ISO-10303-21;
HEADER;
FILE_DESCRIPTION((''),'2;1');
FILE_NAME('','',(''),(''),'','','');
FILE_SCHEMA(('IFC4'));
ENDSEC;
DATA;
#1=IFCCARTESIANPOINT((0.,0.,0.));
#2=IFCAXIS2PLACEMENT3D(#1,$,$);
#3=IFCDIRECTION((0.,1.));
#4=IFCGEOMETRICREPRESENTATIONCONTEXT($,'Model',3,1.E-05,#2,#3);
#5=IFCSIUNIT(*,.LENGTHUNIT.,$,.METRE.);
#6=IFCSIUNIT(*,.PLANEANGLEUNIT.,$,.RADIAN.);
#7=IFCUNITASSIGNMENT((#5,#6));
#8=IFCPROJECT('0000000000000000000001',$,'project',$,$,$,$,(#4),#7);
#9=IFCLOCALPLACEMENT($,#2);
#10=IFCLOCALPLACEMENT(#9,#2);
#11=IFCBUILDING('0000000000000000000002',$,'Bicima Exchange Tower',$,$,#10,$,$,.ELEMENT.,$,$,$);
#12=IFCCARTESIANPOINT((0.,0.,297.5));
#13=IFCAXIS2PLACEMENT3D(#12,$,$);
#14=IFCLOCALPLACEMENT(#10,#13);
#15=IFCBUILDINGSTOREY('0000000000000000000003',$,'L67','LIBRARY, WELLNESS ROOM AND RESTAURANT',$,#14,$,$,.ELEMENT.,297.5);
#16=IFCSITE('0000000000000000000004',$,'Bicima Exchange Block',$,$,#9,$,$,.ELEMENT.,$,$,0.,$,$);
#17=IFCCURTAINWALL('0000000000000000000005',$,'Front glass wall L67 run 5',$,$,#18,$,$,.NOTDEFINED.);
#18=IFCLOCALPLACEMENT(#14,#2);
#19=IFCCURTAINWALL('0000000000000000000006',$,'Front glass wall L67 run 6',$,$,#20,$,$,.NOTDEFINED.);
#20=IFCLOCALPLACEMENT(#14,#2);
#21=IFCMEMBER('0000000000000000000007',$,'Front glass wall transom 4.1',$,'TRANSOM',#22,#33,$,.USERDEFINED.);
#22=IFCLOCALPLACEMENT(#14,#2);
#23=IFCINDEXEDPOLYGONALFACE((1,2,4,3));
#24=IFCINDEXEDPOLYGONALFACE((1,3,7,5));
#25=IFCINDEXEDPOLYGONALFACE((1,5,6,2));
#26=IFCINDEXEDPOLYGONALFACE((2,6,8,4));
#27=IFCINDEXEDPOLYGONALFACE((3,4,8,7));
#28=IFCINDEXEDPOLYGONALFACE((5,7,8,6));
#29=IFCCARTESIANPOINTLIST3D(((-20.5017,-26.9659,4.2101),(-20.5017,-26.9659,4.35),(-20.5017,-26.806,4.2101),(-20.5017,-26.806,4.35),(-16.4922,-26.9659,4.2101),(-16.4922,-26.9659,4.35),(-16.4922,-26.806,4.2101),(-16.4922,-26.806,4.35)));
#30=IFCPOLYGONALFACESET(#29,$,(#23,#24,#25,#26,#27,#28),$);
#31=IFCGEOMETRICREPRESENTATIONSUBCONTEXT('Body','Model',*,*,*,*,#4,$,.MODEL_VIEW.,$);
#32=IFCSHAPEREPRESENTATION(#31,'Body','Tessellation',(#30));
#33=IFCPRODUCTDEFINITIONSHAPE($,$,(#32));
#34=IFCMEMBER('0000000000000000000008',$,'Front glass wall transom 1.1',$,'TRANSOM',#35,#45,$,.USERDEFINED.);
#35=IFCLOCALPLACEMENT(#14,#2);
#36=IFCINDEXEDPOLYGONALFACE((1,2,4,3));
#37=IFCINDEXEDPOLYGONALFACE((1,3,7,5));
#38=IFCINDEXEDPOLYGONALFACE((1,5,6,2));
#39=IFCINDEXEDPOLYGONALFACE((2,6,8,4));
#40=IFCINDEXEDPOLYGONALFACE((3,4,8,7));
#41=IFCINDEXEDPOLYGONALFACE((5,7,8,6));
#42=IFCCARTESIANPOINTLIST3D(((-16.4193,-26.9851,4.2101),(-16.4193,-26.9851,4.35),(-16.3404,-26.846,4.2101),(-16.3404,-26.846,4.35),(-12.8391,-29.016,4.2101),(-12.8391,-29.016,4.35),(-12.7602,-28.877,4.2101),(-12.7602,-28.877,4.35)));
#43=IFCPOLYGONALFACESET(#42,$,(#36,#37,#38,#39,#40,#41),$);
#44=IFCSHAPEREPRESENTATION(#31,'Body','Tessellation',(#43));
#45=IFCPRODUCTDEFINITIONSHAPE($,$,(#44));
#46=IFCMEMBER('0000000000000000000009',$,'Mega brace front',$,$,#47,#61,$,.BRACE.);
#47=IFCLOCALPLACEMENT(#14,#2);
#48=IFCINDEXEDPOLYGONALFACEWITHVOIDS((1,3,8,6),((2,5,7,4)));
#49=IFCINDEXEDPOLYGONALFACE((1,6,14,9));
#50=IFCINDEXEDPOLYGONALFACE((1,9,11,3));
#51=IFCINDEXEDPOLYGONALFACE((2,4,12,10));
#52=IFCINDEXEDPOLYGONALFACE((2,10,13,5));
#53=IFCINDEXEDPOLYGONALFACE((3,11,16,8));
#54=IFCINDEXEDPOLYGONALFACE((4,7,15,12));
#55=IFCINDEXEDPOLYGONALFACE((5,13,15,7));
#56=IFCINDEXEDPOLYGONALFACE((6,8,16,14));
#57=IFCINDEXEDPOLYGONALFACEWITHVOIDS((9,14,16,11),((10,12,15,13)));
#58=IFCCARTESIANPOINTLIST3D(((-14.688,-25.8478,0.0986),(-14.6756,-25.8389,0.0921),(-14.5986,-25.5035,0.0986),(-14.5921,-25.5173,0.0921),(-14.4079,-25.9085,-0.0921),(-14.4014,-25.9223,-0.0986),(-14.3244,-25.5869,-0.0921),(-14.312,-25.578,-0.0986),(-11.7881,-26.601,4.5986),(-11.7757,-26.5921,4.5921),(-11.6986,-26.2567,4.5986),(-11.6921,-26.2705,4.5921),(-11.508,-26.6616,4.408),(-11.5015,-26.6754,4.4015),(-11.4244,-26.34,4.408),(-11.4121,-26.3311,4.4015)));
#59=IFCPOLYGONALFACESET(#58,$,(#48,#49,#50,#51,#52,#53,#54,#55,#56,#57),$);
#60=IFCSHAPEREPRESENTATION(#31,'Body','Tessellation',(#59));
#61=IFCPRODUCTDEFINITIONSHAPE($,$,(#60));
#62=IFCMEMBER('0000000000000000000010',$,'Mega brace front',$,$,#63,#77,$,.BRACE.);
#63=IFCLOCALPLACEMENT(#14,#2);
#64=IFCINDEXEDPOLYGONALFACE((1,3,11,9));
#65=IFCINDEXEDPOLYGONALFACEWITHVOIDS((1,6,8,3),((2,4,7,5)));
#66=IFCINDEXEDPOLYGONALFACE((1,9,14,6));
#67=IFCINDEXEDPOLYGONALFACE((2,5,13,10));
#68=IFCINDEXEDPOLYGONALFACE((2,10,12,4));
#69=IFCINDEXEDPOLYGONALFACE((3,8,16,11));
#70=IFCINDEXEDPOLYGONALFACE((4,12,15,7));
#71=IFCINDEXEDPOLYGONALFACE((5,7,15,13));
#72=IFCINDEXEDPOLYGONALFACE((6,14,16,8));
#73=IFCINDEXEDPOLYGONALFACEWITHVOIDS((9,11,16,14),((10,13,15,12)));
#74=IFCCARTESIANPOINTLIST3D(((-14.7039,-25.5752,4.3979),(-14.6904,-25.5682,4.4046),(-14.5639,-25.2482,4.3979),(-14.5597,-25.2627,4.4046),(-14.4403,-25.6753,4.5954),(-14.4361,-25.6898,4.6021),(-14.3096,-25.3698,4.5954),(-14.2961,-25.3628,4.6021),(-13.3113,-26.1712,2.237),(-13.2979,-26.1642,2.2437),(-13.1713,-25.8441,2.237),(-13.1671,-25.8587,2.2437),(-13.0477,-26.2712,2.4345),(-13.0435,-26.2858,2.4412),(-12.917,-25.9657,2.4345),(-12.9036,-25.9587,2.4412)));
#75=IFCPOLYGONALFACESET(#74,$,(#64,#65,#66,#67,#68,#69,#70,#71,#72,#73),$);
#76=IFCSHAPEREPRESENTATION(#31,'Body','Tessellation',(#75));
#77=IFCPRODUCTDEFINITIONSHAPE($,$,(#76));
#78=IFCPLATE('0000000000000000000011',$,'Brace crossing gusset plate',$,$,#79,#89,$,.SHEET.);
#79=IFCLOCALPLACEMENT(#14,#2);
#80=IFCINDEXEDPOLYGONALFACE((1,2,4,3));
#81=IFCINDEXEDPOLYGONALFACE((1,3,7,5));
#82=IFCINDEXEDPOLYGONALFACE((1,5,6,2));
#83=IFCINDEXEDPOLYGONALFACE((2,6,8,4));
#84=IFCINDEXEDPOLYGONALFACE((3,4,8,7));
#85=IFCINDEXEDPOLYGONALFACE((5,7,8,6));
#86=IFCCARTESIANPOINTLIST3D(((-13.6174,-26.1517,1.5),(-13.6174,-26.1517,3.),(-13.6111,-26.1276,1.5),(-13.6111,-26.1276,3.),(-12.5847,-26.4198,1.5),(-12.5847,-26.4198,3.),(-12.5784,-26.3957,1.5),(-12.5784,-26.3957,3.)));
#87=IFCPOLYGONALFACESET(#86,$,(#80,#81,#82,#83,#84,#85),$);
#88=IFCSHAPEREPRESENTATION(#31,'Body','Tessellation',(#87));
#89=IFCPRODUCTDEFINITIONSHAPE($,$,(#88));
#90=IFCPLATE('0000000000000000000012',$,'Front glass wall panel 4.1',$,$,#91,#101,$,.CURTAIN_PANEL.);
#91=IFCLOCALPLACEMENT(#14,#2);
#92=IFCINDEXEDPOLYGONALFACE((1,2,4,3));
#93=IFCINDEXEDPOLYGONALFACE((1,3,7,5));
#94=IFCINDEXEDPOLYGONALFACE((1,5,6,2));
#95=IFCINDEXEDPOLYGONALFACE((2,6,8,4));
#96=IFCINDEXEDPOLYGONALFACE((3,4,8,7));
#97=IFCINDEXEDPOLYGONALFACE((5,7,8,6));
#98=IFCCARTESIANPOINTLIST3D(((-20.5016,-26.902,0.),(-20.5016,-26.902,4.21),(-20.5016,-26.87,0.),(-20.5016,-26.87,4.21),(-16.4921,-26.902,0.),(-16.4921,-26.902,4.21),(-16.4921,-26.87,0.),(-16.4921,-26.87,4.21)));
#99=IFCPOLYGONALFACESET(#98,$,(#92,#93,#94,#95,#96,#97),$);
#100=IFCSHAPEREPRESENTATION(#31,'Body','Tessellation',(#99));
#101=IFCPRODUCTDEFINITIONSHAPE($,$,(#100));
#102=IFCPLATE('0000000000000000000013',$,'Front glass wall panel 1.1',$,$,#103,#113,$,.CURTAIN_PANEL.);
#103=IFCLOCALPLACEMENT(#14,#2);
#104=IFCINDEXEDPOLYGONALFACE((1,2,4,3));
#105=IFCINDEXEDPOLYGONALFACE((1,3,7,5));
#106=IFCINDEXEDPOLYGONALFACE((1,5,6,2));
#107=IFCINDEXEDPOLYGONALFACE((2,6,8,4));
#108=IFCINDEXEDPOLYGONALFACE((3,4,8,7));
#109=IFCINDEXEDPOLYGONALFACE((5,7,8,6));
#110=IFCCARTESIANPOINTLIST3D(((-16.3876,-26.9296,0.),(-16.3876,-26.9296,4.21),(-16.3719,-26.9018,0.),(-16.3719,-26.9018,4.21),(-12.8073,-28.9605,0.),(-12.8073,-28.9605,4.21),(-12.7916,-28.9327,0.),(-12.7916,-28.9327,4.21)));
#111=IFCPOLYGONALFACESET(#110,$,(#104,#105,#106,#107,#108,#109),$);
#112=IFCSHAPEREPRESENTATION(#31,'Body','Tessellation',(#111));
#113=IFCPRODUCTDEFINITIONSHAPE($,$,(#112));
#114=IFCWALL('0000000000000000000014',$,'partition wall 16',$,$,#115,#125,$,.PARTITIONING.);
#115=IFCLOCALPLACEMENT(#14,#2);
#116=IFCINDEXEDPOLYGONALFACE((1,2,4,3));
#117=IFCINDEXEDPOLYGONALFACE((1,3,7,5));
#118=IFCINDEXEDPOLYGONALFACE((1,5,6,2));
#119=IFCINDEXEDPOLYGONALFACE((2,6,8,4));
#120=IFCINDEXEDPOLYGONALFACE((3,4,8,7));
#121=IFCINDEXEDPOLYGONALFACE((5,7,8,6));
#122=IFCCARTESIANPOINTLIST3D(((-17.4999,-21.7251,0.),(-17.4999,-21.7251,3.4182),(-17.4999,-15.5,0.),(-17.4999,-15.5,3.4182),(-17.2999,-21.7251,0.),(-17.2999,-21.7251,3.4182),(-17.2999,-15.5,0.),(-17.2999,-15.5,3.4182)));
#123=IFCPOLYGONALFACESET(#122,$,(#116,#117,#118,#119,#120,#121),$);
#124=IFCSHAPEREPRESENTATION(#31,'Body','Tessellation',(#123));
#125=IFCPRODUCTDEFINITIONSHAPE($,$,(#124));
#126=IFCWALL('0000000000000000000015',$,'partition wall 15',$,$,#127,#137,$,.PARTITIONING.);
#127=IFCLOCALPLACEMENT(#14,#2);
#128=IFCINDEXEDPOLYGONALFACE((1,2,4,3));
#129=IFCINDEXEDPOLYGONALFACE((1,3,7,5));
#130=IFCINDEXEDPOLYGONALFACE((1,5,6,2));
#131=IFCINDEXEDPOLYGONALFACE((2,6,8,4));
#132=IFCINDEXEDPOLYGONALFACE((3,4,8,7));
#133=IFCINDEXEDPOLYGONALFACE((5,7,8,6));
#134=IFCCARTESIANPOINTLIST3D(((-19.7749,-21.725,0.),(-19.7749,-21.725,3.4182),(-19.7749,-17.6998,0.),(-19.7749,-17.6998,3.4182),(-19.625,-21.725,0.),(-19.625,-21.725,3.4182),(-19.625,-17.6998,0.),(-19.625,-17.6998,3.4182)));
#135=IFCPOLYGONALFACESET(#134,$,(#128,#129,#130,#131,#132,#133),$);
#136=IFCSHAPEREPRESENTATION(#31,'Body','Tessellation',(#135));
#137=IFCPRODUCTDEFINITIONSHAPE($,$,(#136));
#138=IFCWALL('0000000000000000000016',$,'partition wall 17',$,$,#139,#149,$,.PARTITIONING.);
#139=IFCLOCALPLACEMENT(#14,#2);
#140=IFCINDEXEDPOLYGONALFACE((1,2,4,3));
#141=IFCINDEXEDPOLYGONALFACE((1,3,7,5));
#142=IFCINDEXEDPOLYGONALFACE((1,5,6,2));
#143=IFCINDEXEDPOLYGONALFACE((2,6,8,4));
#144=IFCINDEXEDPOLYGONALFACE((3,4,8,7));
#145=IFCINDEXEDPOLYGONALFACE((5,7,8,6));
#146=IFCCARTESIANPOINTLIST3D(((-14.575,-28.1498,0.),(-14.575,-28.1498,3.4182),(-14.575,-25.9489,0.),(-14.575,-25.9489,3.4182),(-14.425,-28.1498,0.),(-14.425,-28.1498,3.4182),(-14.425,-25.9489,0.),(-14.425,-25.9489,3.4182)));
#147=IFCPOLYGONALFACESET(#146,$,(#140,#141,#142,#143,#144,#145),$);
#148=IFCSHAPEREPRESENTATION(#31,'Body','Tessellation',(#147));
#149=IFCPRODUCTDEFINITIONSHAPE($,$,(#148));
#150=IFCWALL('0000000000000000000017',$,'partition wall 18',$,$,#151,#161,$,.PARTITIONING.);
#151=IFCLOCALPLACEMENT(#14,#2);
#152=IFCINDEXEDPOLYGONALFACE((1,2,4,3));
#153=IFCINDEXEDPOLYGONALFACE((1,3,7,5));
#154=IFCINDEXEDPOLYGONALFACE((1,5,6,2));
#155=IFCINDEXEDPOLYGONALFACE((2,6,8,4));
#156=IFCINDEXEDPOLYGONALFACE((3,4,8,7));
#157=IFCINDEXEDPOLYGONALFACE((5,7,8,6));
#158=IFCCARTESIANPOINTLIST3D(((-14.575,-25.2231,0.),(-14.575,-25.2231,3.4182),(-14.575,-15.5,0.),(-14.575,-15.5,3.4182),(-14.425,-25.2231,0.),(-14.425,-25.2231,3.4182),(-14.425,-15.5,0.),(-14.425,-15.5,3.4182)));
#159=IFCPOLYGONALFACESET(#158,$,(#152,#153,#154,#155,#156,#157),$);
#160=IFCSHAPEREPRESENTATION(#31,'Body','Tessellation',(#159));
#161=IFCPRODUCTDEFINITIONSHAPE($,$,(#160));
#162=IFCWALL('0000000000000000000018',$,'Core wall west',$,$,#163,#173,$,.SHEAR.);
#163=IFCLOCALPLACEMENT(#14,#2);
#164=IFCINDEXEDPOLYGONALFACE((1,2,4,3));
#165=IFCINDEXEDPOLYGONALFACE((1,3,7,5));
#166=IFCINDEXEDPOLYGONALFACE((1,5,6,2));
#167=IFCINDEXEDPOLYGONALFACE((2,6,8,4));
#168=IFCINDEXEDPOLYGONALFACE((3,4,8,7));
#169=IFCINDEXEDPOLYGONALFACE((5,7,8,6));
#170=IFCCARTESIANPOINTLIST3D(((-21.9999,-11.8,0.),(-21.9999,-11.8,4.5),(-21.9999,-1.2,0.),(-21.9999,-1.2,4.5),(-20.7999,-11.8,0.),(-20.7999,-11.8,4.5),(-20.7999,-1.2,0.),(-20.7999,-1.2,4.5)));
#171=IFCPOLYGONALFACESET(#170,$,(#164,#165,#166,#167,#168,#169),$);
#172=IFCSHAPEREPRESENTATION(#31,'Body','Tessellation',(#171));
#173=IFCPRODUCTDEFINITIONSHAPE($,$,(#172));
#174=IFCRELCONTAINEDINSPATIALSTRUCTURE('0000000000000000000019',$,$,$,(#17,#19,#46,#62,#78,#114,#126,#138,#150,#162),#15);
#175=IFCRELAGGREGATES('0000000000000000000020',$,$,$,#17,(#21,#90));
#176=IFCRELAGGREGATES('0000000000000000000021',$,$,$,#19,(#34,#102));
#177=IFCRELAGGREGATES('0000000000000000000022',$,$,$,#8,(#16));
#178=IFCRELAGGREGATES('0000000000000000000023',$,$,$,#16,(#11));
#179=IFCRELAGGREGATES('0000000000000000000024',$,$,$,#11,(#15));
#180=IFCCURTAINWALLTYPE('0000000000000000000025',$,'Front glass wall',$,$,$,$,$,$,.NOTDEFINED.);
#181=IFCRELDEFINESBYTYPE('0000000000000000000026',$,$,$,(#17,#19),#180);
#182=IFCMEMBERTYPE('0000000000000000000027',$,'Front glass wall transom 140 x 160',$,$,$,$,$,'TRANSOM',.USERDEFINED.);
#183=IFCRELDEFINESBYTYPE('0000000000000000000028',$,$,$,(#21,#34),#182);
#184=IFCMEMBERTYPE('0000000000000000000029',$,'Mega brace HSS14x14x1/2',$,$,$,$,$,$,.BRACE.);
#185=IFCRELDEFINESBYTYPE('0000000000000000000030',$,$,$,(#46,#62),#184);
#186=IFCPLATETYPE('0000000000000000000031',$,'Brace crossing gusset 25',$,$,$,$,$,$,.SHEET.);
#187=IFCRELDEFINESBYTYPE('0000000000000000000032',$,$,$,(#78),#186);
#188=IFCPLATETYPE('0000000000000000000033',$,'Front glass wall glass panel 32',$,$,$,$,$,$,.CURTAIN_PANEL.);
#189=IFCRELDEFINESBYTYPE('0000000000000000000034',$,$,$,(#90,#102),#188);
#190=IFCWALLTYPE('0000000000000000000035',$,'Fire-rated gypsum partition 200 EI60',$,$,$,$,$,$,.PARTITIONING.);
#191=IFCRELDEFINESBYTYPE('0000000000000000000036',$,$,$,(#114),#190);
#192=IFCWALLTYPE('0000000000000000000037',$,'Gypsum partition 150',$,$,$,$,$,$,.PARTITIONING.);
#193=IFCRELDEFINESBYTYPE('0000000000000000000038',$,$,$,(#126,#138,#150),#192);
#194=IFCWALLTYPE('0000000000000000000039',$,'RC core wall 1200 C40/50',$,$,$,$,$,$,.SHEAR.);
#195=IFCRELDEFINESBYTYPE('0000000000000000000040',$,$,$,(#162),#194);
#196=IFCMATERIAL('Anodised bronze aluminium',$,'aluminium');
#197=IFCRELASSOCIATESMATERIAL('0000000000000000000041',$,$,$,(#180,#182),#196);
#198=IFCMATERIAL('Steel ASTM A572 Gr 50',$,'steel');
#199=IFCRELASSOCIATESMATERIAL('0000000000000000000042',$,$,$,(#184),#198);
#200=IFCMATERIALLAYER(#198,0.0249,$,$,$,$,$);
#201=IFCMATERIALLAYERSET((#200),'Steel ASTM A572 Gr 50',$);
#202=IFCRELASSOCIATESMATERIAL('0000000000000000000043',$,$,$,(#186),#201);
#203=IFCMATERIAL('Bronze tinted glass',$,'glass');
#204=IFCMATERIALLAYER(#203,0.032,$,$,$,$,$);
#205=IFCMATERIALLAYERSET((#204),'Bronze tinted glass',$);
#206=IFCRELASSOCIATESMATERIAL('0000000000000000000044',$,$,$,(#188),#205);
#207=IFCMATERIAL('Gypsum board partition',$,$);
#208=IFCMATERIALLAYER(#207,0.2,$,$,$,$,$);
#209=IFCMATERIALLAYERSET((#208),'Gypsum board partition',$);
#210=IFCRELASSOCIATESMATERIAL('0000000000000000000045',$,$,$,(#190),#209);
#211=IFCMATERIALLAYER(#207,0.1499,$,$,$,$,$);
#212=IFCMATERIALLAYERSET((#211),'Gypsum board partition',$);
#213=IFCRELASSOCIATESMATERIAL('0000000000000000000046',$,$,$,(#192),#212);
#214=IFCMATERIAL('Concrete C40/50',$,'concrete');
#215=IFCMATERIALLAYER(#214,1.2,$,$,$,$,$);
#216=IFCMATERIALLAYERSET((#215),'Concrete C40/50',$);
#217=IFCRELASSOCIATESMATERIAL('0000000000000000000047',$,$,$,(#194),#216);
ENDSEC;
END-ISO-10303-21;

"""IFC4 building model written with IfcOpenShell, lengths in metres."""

from ifc_helpers import new_model, si_unit, direction, frame, frame_2d, origin, origin_2d, place, context, subcontext, project, spatial, rectangle, hollow_rectangle, extrude, material, layer, layer_set, material_profile, profile_set, type_object, element, aggregate, save


model = new_model("IFC4")

# Units and contexts
model_context = context("Model", 3, precision=1e-05, world=origin(), true_north=direction((0.0, 1.0)))
body_context = subcontext(model_context, "Body", "Model", "MODEL_VIEW")
ifc_project = project(units=[si_unit("LENGTHUNIT", "METRE"), si_unit("PLANEANGLEUNIT", "RADIAN")], contexts=[model_context])

# Site, building, storey
site_placement = place(None, origin())
site = spatial("IfcSite", under=ifc_project, at=site_placement, Name="Bicima Exchange Block", CompositionType="ELEMENT", RefElevation=0.0)
building_placement = place(site_placement, origin())
building = spatial("IfcBuilding", under=site, at=building_placement, Name="Bicima Exchange Tower", CompositionType="ELEMENT")
storey_placement = place(building_placement, frame((0.0, 0.0, 297.5)))
storey = spatial("IfcBuildingStorey", under=building, at=storey_placement, Name="L67", Description="LIBRARY, WELLNESS ROOM AND RESTAURANT", CompositionType="ELEMENT", Elevation=297.5)

# Curtain walls
ifc_material_1 = material(Name="Anodised bronze aluminium", Category="aluminium")
curtain_wall_type = type_object("IfcCurtainWallType", Name="Front glass wall", PredefinedType="NOTDEFINED", material=ifc_material_1)
curtain_wall_1_placement = place(storey_placement, origin())
curtain_wall_1 = element("IfcCurtainWall", 1, at=curtain_wall_1_placement, inside=storey, type_object=curtain_wall_type, Name="Front glass wall L67 run 5", PredefinedType="NOTDEFINED")
curtain_wall_2_placement = place(storey_placement, origin())
curtain_wall_2 = element("IfcCurtainWall", 2, at=curtain_wall_2_placement, inside=storey, type_object=curtain_wall_type, Name="Front glass wall L67 run 6", PredefinedType="NOTDEFINED")

# Members
ifc_material_profile_1 = material_profile(ifc_material_1, rectangle(XDim=0.1599, YDim=0.1399, at=origin_2d()))
ifc_profile_set_1 = profile_set([ifc_material_profile_1], Name="Anodised bronze aluminium")
member_type_1 = type_object("IfcMemberType", Name="Front glass wall transom 140 x 160", ElementType="TRANSOM", PredefinedType="USERDEFINED", material=ifc_profile_set_1)
member_1_placement = place(storey_placement, frame((-20.5017, -26.886, 4.28), z_axis=(1.0, 0.0, 0.0), x_axis=(0.0, 1.0, 0.0)))
member_1 = element("IfcMember", 3, at=member_1_placement, type_object=member_type_1, Name="Front glass wall transom 4.1", ObjectType="TRANSOM", PredefinedType="USERDEFINED", context=body_context, shape_type="SweptSolid", body=[
    extrude(rectangle(XDim=0.1599, YDim=0.1399, at=origin_2d()), origin(), (0.0, 0.0, 1.0), 4.0095),
])
member_2_placement = place(storey_placement, frame((-16.3799, -26.9155, 4.28), z_axis=(0.869797, -0.493409, 0.0), x_axis=(0.493409, 0.869797, 0.0)))
member_2 = element("IfcMember", 4, at=member_2_placement, type_object=member_type_1, Name="Front glass wall transom 1.1", ObjectType="TRANSOM", PredefinedType="USERDEFINED", context=body_context, shape_type="SweptSolid", body=[
    extrude(rectangle(XDim=0.1599, YDim=0.1399, at=origin_2d()), origin(), (0.0, 0.0, 1.0), 4.1162),
])

# Members
ifc_material_2 = material(Name="Steel ASTM A572 Gr 50", Category="steel")
ifc_material_profile_2 = material_profile(ifc_material_2, hollow_rectangle(XDim=0.3557, YDim=0.3557, WallThickness=0.0117, at=origin_2d()))
ifc_profile_set_2 = profile_set([ifc_material_profile_2], Name="Steel ASTM A572 Gr 50")
member_type_2 = type_object("IfcMemberType", Name="Mega brace HSS14x14x1/2", PredefinedType="BRACE", material=ifc_profile_set_2)
member_3_placement = place(storey_placement, frame((-14.5, -25.7129, 0.0), z_axis=(0.536406, -0.139317, 0.832382), x_axis=(0.251383, 0.967888, 0.0)))
element("IfcMember", 5, at=member_3_placement, inside=storey, type_object=member_type_2, Name="Mega brace front", PredefinedType="BRACE", context=body_context, shape_type="SweptSolid", body=[
    extrude(hollow_rectangle(XDim=0.3557, YDim=0.3557, WallThickness=0.0117, at=origin_2d()), origin(), (0.0, 0.0, 1.0), 5.4062),
])
member_4_placement = place(storey_placement, frame((-13.1074, -26.0649, 2.3391), z_axis=(-0.527709, 0.225831, 0.818855), x_axis=(-0.393433, -0.919353, 0.0)))
element("IfcMember", 6, at=member_4_placement, inside=storey, type_object=member_type_2, Name="Mega brace front", PredefinedType="BRACE", context=body_context, shape_type="SweptSolid", body=[
    extrude(hollow_rectangle(XDim=0.3557, YDim=0.3557, WallThickness=0.0117, at=origin_2d()), origin(), (0.0, 0.0, 1.0), 2.6389),
])

# Plates
ifc_layer_1 = layer(ifc_material_2, 0.0249)
ifc_layer_set_1 = layer_set([ifc_layer_1], Name="Steel ASTM A572 Gr 50")
plate_type_1 = type_object("IfcPlateType", Name="Brace crossing gusset 25", PredefinedType="SHEET", material=ifc_layer_set_1)
plate_1_placement = place(storey_placement, frame((-13.0979, -26.2737, 1.5), z_axis=(0.0, 0.0, 1.0), x_axis=(0.967902, -0.25133, 0.0)))
element("IfcPlate", 7, at=plate_1_placement, inside=storey, type_object=plate_type_1, Name="Brace crossing gusset plate", PredefinedType="SHEET", context=body_context, shape_type="SweptSolid", body=[
    extrude(rectangle(XDim=1.0669, YDim=0.0249, at=origin_2d()), origin(), (0.0, 0.0, 1.0), 1.5),
])
ifc_material_3 = material(Name="Bronze tinted glass", Category="glass")
ifc_layer_2 = layer(ifc_material_3, 0.032)
ifc_layer_set_2 = layer_set([ifc_layer_2], Name="Bronze tinted glass")
plate_type_2 = type_object("IfcPlateType", Name="Front glass wall glass panel 32", PredefinedType="CURTAIN_PANEL", material=ifc_layer_set_2)
plate_2_placement = place(storey_placement, frame((-18.4968, -26.886, 0.0), z_axis=(0.0, 0.0, 1.0), x_axis=(1.0, 0.0, 0.0)))
plate_2 = element("IfcPlate", 8, at=plate_2_placement, type_object=plate_type_2, Name="Front glass wall panel 4.1", PredefinedType="CURTAIN_PANEL", context=body_context, shape_type="SweptSolid", body=[
    extrude(rectangle(XDim=4.0095, YDim=0.032, at=origin_2d()), origin(), (0.0, 0.0, 1.0), 4.21),
])
aggregate(curtain_wall_1, [member_1, plate_2])
plate_3_placement = place(storey_placement, frame((-14.5896, -27.9312, 0.0), z_axis=(0.0, 0.0, 1.0), x_axis=(0.869805, -0.493395, 0.0)))
plate_3 = element("IfcPlate", 9, at=plate_3_placement, type_object=plate_type_2, Name="Front glass wall panel 1.1", PredefinedType="CURTAIN_PANEL", context=body_context, shape_type="SweptSolid", body=[
    extrude(rectangle(XDim=4.1162, YDim=0.032, at=origin_2d()), origin(), (0.0, 0.0, 1.0), 4.21),
])
aggregate(curtain_wall_2, [member_2, plate_3])

# Walls
ifc_material_4 = material(Name="Gypsum board partition")
ifc_layer_3 = layer(ifc_material_4, 0.2)
ifc_layer_set_3 = layer_set([ifc_layer_3], Name="Gypsum board partition")
wall_type_1 = type_object("IfcWallType", Name="Fire-rated gypsum partition 200 EI60", PredefinedType="PARTITIONING", material=ifc_layer_set_3)
wall_1_placement = place(storey_placement, frame((-17.3999, -21.7251, 0.0), z_axis=(0.0, 0.0, 1.0), x_axis=(0.0, 1.0, 0.0)))
element("IfcWall", 10, at=wall_1_placement, inside=storey, type_object=wall_type_1, Name="partition wall 16", PredefinedType="PARTITIONING", context=body_context, shape_type="SweptSolid", body=[
    extrude(rectangle(XDim=6.2251, YDim=0.2, at=frame_2d((3.1125, 0.0))), origin(), (0.0, 0.0, 1.0), 3.4182),
])
ifc_layer_4 = layer(ifc_material_4, 0.1499)
ifc_layer_set_4 = layer_set([ifc_layer_4], Name="Gypsum board partition")
wall_type_2 = type_object("IfcWallType", Name="Gypsum partition 150", PredefinedType="PARTITIONING", material=ifc_layer_set_4)
wall_2_placement = place(storey_placement, frame((-19.7, -21.7251, 0.0), z_axis=(0.0, 0.0, 1.0), x_axis=(0.0, 1.0, 0.0)))
element("IfcWall", 11, at=wall_2_placement, inside=storey, type_object=wall_type_2, Name="partition wall 15", PredefinedType="PARTITIONING", context=body_context, shape_type="SweptSolid", body=[
    extrude(rectangle(XDim=4.0251, YDim=0.1499, at=frame_2d((2.0127, 0.0))), origin(), (0.0, 0.0, 1.0), 3.4182),
])
wall_3_placement = place(storey_placement, frame((-14.5, -28.1499, 0.0), z_axis=(0.0, 0.0, 1.0), x_axis=(0.0, 1.0, 0.0)))
element("IfcWall", 12, at=wall_3_placement, inside=storey, type_object=wall_type_2, Name="partition wall 17", PredefinedType="PARTITIONING", context=body_context, shape_type="SweptSolid", body=[
    extrude(rectangle(XDim=2.2009, YDim=0.1499, at=frame_2d((1.1006, 0.0))), origin(), (0.0, 0.0, 1.0), 3.4182),
])
wall_4_placement = place(storey_placement, frame((-14.5, -25.2231, 0.0), z_axis=(0.0, 0.0, 1.0), x_axis=(0.0, 1.0, 0.0)))
element("IfcWall", 13, at=wall_4_placement, inside=storey, type_object=wall_type_2, Name="partition wall 18", PredefinedType="PARTITIONING", context=body_context, shape_type="SweptSolid", body=[
    extrude(rectangle(XDim=9.7231, YDim=0.1499, at=frame_2d((4.8616, 0.0))), origin(), (0.0, 0.0, 1.0), 3.4182),
])
ifc_material_5 = material(Name="Concrete C40/50", Category="concrete")
ifc_layer_5 = layer(ifc_material_5, 1.2)
ifc_layer_set_5 = layer_set([ifc_layer_5], Name="Concrete C40/50")
wall_type_3 = type_object("IfcWallType", Name="RC core wall 1200 C40/50", PredefinedType="SHEAR", material=ifc_layer_set_5)
wall_5_placement = place(storey_placement, frame((-21.3999, -11.8, 0.0), z_axis=(0.0, 0.0, 1.0), x_axis=(0.0, 1.0, 0.0)))
element("IfcWall", 14, at=wall_5_placement, inside=storey, type_object=wall_type_3, Name="Core wall west", PredefinedType="SHEAR", context=body_context, shape_type="SweptSolid", body=[
    extrude(rectangle(XDim=10.6001, YDim=1.2, at=frame_2d((5.3, 0.0))), origin(), (0.0, 0.0, 1.0), 4.5),
])

save(model, "model.ifc")
